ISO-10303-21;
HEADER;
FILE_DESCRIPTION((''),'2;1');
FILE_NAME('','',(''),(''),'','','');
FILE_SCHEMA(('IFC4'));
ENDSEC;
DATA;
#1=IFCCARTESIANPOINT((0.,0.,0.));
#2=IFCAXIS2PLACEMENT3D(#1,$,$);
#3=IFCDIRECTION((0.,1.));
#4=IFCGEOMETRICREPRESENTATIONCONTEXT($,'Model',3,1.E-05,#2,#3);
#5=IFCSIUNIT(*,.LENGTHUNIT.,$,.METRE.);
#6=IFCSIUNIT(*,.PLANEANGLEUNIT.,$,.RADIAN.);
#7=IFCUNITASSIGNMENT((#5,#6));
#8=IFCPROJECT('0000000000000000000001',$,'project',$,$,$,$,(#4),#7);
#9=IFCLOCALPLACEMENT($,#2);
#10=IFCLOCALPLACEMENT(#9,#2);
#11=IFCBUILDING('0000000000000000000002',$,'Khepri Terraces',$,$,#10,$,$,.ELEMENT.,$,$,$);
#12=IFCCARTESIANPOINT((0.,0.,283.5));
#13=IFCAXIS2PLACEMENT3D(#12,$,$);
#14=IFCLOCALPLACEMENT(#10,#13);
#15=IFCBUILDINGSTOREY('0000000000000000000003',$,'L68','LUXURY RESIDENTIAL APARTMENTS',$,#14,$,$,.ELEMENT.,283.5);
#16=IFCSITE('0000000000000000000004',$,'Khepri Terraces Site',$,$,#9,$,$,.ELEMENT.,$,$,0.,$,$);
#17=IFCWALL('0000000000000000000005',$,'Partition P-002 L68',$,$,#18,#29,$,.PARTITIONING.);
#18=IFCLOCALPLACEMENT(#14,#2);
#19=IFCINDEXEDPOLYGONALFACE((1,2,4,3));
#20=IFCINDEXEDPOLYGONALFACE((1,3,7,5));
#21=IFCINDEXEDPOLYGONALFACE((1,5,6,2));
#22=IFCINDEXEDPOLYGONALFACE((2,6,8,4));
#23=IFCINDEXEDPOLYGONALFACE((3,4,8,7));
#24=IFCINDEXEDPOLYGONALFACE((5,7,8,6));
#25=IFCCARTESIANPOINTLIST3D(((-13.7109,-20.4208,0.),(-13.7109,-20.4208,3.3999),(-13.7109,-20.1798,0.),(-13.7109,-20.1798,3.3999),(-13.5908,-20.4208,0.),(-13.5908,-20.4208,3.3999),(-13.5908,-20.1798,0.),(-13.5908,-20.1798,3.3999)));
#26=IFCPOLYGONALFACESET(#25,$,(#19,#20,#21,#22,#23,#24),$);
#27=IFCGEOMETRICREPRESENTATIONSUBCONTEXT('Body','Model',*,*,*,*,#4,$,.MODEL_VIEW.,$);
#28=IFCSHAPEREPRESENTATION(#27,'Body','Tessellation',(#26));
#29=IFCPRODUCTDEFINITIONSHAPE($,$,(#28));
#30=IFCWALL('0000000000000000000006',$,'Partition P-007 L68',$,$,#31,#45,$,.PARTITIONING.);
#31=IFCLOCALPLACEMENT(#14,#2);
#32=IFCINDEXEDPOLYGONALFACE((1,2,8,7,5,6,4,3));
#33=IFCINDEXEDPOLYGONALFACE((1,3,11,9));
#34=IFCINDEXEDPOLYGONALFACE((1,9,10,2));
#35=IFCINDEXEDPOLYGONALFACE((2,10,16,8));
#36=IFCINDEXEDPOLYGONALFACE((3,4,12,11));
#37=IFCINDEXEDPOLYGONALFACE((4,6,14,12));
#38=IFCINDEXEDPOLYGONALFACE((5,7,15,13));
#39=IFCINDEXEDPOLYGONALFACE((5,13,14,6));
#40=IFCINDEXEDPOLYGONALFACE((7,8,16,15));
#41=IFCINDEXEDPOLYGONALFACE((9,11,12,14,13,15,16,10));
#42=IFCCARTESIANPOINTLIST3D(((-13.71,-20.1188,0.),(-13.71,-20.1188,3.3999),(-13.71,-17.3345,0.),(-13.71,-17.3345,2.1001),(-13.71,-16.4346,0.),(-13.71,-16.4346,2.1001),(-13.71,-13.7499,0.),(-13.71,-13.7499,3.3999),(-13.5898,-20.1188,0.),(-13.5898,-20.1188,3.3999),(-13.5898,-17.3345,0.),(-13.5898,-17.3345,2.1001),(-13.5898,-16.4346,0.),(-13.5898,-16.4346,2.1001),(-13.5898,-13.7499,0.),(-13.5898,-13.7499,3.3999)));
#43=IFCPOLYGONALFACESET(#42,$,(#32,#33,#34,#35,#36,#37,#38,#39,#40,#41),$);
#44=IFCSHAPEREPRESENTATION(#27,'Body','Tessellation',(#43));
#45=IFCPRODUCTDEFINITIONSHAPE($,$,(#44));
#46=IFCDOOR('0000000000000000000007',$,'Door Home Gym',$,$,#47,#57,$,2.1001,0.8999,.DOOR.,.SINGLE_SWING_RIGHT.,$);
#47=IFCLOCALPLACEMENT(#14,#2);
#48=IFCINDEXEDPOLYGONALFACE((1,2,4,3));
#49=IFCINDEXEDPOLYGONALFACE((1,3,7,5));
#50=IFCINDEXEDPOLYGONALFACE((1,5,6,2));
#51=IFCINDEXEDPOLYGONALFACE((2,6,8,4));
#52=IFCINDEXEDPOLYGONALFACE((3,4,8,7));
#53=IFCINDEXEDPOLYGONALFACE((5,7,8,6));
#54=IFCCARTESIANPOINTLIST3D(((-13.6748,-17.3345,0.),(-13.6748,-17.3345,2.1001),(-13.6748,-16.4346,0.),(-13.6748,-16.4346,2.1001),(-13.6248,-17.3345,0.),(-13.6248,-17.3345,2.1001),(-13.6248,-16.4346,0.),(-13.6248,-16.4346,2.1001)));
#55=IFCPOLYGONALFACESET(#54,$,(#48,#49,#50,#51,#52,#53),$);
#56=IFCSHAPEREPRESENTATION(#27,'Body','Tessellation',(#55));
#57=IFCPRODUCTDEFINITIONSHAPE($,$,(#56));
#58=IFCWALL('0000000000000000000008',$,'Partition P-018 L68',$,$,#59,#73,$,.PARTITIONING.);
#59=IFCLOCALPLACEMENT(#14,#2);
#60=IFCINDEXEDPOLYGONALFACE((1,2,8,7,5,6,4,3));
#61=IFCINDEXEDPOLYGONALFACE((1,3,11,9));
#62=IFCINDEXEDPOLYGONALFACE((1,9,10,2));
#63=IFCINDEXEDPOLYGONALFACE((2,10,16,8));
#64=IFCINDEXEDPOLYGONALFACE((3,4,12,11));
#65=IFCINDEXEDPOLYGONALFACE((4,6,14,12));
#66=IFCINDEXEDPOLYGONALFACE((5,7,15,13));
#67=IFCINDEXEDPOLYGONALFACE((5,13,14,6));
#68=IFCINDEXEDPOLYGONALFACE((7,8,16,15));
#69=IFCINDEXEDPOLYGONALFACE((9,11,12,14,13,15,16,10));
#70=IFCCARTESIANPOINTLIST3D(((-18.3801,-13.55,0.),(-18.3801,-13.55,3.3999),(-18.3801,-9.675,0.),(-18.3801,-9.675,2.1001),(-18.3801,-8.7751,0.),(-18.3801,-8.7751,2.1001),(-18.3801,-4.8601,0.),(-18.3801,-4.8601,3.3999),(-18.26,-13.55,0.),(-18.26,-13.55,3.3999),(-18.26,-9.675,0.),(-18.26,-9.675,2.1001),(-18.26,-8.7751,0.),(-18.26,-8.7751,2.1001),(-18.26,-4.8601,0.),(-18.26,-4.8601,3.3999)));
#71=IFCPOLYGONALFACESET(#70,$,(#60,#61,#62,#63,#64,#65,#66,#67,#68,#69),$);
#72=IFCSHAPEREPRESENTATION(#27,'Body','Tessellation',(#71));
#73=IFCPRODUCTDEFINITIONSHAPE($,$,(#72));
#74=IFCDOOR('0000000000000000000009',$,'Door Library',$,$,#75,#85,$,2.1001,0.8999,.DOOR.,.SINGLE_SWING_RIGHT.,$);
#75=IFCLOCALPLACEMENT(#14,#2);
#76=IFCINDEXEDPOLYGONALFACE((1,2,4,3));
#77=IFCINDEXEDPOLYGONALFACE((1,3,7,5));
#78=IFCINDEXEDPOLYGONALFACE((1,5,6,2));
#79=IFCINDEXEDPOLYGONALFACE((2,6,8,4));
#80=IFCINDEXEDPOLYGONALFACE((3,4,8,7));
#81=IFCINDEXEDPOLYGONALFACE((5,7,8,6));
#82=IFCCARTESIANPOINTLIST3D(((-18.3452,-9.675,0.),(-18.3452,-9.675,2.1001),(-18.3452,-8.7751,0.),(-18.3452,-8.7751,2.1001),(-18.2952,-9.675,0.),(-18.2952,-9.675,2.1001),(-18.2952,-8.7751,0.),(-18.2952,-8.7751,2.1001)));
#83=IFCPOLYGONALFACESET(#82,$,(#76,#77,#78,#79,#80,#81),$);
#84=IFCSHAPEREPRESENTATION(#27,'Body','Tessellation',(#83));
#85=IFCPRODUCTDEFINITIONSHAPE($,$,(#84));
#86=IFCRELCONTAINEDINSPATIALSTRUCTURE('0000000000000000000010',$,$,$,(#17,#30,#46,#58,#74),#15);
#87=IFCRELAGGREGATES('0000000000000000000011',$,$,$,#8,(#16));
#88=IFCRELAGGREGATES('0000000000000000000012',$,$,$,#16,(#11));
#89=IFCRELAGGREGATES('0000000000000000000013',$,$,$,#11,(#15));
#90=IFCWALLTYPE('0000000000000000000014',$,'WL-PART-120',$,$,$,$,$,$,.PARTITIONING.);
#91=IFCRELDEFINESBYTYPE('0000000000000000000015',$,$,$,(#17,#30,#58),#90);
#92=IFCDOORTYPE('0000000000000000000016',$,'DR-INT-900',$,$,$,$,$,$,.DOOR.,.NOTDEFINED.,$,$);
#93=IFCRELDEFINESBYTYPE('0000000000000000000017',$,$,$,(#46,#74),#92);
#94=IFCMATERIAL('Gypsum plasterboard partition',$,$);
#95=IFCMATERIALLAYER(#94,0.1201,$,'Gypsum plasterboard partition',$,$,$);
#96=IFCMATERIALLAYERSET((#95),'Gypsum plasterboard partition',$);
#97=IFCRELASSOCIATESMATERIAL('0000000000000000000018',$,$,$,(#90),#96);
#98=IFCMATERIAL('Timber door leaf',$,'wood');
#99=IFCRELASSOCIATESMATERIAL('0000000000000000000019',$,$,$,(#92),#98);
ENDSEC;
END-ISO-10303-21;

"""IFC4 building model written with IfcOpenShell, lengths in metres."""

from ifc_helpers import new_model, si_unit, direction, frame, frame_2d, origin, place, context, subcontext, project, spatial, rectangle, extrude, material, layer, layer_set, type_object, element, fill, save


model = new_model("IFC4")

# Units and contexts
model_context = context("Model", 3, precision=1e-05, world=origin(), true_north=direction((0.0, 1.0)))
body_context = subcontext(model_context, "Body", "Model", "MODEL_VIEW")
ifc_project = project(units=[si_unit("LENGTHUNIT", "METRE"), si_unit("PLANEANGLEUNIT", "RADIAN")], contexts=[model_context])

# Site, building, storey
site_placement = place(None, origin())
site = spatial("IfcSite", under=ifc_project, at=site_placement, Name="Khepri Terraces Site", CompositionType="ELEMENT", RefElevation=0.0)
building_placement = place(site_placement, origin())
building = spatial("IfcBuilding", under=site, at=building_placement, Name="Khepri Terraces", CompositionType="ELEMENT")
storey_placement = place(building_placement, frame((0.0, 0.0, 283.5)))
storey = spatial("IfcBuildingStorey", under=building, at=storey_placement, Name="L68", Description="LUXURY RESIDENTIAL APARTMENTS", CompositionType="ELEMENT", Elevation=283.5)

# Wall
ifc_material_1 = material(Name="Gypsum plasterboard partition")
ifc_layer_1 = layer(ifc_material_1, 0.1201, Name="Gypsum plasterboard partition")
ifc_layer_set_1 = layer_set([ifc_layer_1], Name="Gypsum plasterboard partition")
wall_type_1 = type_object("IfcWallType", Name="WL-PART-120", PredefinedType="PARTITIONING", material=ifc_layer_set_1)
wall_1_placement = place(storey_placement, frame((-13.6509, -20.4209, 0.0), z_axis=(0.0, 0.0, 1.0), x_axis=(0.0, 1.0, 0.0)))
element("IfcWall", 1, at=wall_1_placement, inside=storey, type_object=wall_type_1, Name="Partition P-002 L68", PredefinedType="PARTITIONING", context=body_context, shape_type="SweptSolid", body=[
    extrude(rectangle(XDim=0.241, YDim=0.1201, at=frame_2d((0.1206, 0.0))), origin(), (0.0, 0.0, 1.0), 3.3999),
])

# Walls, openings, doors
wall_2_placement = place(storey_placement, frame((-13.6499, -20.1189, 0.0), z_axis=(0.0, 0.0, 1.0), x_axis=(0.0, 1.0, 0.0)))
wall_2 = element("IfcWall", 2, at=wall_2_placement, inside=storey, type_object=wall_type_1, Name="Partition P-007 L68", PredefinedType="PARTITIONING", context=body_context, shape_type="SweptSolid", body=[
    extrude(rectangle(XDim=6.3689, YDim=0.1201, at=frame_2d((3.1846, 0.0))), origin(), (0.0, 0.0, 1.0), 3.3999),
])
opening_1_placement = place(wall_2_placement, frame((2.7844, 0.0, 0.0)))
opening_1 = element("IfcOpeningElement", 3, at=opening_1_placement, cuts=wall_2, PredefinedType="OPENING", context=body_context, shape_type="SweptSolid", body=[
    extrude(rectangle(XDim=0.8999, YDim=2.1001, at=frame_2d((0.45, 1.05))), frame((0.0, 0.0701, 0.0), z_axis=(0.0, -1.0, 0.0), x_axis=(1.0, 0.0, 0.0)), (0.0, 0.0, 1.0), 0.1401),
])
ifc_material_2 = material(Name="Timber door leaf", Category="wood")
door_type_1 = type_object("IfcDoorType", Name="DR-INT-900", OperationType="NOTDEFINED", PredefinedType="DOOR", material=ifc_material_2)
door_1_placement = place(opening_1_placement, origin())
door_1 = element("IfcDoor", 4, at=door_1_placement, inside=storey, type_object=door_type_1, Name="Door Home Gym", OperationType="SINGLE_SWING_RIGHT", OverallHeight=2.1001, OverallWidth=0.8999, PredefinedType="DOOR", context=body_context, shape_type="SweptSolid", body=[
    extrude(rectangle(XDim=0.8999, YDim=2.1001, at=frame_2d((0.45, 1.05))), frame((0.0, 0.0249, 0.0), z_axis=(0.0, -1.0, 0.0), x_axis=(1.0, 0.0, 0.0)), (0.0, 0.0, 1.0), 0.05),
])
fill(opening_1, door_1)
wall_3_placement = place(storey_placement, frame((-18.3201, -13.55, 0.0), z_axis=(0.0, 0.0, 1.0), x_axis=(0.0, 1.0, 0.0)))
wall_3 = element("IfcWall", 5, at=wall_3_placement, inside=storey, type_object=wall_type_1, Name="Partition P-018 L68", PredefinedType="PARTITIONING", context=body_context, shape_type="SweptSolid", body=[
    extrude(rectangle(XDim=8.6899, YDim=0.1201, at=frame_2d((4.345, 0.0))), origin(), (0.0, 0.0, 1.0), 3.3999),
])
opening_2_placement = place(wall_3_placement, frame((3.875, 0.0, 0.0)))
opening_2 = element("IfcOpeningElement", 6, at=opening_2_placement, cuts=wall_3, PredefinedType="OPENING", context=body_context, shape_type="SweptSolid", body=[
    extrude(rectangle(XDim=0.8999, YDim=2.1001, at=frame_2d((0.45, 1.05))), frame((0.0, 0.0701, 0.0), z_axis=(0.0, -1.0, 0.0), x_axis=(1.0, 0.0, 0.0)), (0.0, 0.0, 1.0), 0.1401),
])
door_2_placement = place(opening_2_placement, frame((0.8999, 0.0, 0.0), z_axis=(0.0, 0.0, 1.0), x_axis=(-1.0, 0.0, 0.0)))
door_2 = element("IfcDoor", 7, at=door_2_placement, inside=storey, type_object=door_type_1, Name="Door Library", OperationType="SINGLE_SWING_RIGHT", OverallHeight=2.1001, OverallWidth=0.8999, PredefinedType="DOOR", context=body_context, shape_type="SweptSolid", body=[
    extrude(rectangle(XDim=0.8999, YDim=2.1001, at=frame_2d((0.45, 1.05))), frame((0.0, 0.0249, 0.0), z_axis=(0.0, -1.0, 0.0), x_axis=(1.0, 0.0, 0.0)), (0.0, 0.0, 1.0), 0.05),
])
fill(opening_2, door_2)

save(model, "model.ifc")
